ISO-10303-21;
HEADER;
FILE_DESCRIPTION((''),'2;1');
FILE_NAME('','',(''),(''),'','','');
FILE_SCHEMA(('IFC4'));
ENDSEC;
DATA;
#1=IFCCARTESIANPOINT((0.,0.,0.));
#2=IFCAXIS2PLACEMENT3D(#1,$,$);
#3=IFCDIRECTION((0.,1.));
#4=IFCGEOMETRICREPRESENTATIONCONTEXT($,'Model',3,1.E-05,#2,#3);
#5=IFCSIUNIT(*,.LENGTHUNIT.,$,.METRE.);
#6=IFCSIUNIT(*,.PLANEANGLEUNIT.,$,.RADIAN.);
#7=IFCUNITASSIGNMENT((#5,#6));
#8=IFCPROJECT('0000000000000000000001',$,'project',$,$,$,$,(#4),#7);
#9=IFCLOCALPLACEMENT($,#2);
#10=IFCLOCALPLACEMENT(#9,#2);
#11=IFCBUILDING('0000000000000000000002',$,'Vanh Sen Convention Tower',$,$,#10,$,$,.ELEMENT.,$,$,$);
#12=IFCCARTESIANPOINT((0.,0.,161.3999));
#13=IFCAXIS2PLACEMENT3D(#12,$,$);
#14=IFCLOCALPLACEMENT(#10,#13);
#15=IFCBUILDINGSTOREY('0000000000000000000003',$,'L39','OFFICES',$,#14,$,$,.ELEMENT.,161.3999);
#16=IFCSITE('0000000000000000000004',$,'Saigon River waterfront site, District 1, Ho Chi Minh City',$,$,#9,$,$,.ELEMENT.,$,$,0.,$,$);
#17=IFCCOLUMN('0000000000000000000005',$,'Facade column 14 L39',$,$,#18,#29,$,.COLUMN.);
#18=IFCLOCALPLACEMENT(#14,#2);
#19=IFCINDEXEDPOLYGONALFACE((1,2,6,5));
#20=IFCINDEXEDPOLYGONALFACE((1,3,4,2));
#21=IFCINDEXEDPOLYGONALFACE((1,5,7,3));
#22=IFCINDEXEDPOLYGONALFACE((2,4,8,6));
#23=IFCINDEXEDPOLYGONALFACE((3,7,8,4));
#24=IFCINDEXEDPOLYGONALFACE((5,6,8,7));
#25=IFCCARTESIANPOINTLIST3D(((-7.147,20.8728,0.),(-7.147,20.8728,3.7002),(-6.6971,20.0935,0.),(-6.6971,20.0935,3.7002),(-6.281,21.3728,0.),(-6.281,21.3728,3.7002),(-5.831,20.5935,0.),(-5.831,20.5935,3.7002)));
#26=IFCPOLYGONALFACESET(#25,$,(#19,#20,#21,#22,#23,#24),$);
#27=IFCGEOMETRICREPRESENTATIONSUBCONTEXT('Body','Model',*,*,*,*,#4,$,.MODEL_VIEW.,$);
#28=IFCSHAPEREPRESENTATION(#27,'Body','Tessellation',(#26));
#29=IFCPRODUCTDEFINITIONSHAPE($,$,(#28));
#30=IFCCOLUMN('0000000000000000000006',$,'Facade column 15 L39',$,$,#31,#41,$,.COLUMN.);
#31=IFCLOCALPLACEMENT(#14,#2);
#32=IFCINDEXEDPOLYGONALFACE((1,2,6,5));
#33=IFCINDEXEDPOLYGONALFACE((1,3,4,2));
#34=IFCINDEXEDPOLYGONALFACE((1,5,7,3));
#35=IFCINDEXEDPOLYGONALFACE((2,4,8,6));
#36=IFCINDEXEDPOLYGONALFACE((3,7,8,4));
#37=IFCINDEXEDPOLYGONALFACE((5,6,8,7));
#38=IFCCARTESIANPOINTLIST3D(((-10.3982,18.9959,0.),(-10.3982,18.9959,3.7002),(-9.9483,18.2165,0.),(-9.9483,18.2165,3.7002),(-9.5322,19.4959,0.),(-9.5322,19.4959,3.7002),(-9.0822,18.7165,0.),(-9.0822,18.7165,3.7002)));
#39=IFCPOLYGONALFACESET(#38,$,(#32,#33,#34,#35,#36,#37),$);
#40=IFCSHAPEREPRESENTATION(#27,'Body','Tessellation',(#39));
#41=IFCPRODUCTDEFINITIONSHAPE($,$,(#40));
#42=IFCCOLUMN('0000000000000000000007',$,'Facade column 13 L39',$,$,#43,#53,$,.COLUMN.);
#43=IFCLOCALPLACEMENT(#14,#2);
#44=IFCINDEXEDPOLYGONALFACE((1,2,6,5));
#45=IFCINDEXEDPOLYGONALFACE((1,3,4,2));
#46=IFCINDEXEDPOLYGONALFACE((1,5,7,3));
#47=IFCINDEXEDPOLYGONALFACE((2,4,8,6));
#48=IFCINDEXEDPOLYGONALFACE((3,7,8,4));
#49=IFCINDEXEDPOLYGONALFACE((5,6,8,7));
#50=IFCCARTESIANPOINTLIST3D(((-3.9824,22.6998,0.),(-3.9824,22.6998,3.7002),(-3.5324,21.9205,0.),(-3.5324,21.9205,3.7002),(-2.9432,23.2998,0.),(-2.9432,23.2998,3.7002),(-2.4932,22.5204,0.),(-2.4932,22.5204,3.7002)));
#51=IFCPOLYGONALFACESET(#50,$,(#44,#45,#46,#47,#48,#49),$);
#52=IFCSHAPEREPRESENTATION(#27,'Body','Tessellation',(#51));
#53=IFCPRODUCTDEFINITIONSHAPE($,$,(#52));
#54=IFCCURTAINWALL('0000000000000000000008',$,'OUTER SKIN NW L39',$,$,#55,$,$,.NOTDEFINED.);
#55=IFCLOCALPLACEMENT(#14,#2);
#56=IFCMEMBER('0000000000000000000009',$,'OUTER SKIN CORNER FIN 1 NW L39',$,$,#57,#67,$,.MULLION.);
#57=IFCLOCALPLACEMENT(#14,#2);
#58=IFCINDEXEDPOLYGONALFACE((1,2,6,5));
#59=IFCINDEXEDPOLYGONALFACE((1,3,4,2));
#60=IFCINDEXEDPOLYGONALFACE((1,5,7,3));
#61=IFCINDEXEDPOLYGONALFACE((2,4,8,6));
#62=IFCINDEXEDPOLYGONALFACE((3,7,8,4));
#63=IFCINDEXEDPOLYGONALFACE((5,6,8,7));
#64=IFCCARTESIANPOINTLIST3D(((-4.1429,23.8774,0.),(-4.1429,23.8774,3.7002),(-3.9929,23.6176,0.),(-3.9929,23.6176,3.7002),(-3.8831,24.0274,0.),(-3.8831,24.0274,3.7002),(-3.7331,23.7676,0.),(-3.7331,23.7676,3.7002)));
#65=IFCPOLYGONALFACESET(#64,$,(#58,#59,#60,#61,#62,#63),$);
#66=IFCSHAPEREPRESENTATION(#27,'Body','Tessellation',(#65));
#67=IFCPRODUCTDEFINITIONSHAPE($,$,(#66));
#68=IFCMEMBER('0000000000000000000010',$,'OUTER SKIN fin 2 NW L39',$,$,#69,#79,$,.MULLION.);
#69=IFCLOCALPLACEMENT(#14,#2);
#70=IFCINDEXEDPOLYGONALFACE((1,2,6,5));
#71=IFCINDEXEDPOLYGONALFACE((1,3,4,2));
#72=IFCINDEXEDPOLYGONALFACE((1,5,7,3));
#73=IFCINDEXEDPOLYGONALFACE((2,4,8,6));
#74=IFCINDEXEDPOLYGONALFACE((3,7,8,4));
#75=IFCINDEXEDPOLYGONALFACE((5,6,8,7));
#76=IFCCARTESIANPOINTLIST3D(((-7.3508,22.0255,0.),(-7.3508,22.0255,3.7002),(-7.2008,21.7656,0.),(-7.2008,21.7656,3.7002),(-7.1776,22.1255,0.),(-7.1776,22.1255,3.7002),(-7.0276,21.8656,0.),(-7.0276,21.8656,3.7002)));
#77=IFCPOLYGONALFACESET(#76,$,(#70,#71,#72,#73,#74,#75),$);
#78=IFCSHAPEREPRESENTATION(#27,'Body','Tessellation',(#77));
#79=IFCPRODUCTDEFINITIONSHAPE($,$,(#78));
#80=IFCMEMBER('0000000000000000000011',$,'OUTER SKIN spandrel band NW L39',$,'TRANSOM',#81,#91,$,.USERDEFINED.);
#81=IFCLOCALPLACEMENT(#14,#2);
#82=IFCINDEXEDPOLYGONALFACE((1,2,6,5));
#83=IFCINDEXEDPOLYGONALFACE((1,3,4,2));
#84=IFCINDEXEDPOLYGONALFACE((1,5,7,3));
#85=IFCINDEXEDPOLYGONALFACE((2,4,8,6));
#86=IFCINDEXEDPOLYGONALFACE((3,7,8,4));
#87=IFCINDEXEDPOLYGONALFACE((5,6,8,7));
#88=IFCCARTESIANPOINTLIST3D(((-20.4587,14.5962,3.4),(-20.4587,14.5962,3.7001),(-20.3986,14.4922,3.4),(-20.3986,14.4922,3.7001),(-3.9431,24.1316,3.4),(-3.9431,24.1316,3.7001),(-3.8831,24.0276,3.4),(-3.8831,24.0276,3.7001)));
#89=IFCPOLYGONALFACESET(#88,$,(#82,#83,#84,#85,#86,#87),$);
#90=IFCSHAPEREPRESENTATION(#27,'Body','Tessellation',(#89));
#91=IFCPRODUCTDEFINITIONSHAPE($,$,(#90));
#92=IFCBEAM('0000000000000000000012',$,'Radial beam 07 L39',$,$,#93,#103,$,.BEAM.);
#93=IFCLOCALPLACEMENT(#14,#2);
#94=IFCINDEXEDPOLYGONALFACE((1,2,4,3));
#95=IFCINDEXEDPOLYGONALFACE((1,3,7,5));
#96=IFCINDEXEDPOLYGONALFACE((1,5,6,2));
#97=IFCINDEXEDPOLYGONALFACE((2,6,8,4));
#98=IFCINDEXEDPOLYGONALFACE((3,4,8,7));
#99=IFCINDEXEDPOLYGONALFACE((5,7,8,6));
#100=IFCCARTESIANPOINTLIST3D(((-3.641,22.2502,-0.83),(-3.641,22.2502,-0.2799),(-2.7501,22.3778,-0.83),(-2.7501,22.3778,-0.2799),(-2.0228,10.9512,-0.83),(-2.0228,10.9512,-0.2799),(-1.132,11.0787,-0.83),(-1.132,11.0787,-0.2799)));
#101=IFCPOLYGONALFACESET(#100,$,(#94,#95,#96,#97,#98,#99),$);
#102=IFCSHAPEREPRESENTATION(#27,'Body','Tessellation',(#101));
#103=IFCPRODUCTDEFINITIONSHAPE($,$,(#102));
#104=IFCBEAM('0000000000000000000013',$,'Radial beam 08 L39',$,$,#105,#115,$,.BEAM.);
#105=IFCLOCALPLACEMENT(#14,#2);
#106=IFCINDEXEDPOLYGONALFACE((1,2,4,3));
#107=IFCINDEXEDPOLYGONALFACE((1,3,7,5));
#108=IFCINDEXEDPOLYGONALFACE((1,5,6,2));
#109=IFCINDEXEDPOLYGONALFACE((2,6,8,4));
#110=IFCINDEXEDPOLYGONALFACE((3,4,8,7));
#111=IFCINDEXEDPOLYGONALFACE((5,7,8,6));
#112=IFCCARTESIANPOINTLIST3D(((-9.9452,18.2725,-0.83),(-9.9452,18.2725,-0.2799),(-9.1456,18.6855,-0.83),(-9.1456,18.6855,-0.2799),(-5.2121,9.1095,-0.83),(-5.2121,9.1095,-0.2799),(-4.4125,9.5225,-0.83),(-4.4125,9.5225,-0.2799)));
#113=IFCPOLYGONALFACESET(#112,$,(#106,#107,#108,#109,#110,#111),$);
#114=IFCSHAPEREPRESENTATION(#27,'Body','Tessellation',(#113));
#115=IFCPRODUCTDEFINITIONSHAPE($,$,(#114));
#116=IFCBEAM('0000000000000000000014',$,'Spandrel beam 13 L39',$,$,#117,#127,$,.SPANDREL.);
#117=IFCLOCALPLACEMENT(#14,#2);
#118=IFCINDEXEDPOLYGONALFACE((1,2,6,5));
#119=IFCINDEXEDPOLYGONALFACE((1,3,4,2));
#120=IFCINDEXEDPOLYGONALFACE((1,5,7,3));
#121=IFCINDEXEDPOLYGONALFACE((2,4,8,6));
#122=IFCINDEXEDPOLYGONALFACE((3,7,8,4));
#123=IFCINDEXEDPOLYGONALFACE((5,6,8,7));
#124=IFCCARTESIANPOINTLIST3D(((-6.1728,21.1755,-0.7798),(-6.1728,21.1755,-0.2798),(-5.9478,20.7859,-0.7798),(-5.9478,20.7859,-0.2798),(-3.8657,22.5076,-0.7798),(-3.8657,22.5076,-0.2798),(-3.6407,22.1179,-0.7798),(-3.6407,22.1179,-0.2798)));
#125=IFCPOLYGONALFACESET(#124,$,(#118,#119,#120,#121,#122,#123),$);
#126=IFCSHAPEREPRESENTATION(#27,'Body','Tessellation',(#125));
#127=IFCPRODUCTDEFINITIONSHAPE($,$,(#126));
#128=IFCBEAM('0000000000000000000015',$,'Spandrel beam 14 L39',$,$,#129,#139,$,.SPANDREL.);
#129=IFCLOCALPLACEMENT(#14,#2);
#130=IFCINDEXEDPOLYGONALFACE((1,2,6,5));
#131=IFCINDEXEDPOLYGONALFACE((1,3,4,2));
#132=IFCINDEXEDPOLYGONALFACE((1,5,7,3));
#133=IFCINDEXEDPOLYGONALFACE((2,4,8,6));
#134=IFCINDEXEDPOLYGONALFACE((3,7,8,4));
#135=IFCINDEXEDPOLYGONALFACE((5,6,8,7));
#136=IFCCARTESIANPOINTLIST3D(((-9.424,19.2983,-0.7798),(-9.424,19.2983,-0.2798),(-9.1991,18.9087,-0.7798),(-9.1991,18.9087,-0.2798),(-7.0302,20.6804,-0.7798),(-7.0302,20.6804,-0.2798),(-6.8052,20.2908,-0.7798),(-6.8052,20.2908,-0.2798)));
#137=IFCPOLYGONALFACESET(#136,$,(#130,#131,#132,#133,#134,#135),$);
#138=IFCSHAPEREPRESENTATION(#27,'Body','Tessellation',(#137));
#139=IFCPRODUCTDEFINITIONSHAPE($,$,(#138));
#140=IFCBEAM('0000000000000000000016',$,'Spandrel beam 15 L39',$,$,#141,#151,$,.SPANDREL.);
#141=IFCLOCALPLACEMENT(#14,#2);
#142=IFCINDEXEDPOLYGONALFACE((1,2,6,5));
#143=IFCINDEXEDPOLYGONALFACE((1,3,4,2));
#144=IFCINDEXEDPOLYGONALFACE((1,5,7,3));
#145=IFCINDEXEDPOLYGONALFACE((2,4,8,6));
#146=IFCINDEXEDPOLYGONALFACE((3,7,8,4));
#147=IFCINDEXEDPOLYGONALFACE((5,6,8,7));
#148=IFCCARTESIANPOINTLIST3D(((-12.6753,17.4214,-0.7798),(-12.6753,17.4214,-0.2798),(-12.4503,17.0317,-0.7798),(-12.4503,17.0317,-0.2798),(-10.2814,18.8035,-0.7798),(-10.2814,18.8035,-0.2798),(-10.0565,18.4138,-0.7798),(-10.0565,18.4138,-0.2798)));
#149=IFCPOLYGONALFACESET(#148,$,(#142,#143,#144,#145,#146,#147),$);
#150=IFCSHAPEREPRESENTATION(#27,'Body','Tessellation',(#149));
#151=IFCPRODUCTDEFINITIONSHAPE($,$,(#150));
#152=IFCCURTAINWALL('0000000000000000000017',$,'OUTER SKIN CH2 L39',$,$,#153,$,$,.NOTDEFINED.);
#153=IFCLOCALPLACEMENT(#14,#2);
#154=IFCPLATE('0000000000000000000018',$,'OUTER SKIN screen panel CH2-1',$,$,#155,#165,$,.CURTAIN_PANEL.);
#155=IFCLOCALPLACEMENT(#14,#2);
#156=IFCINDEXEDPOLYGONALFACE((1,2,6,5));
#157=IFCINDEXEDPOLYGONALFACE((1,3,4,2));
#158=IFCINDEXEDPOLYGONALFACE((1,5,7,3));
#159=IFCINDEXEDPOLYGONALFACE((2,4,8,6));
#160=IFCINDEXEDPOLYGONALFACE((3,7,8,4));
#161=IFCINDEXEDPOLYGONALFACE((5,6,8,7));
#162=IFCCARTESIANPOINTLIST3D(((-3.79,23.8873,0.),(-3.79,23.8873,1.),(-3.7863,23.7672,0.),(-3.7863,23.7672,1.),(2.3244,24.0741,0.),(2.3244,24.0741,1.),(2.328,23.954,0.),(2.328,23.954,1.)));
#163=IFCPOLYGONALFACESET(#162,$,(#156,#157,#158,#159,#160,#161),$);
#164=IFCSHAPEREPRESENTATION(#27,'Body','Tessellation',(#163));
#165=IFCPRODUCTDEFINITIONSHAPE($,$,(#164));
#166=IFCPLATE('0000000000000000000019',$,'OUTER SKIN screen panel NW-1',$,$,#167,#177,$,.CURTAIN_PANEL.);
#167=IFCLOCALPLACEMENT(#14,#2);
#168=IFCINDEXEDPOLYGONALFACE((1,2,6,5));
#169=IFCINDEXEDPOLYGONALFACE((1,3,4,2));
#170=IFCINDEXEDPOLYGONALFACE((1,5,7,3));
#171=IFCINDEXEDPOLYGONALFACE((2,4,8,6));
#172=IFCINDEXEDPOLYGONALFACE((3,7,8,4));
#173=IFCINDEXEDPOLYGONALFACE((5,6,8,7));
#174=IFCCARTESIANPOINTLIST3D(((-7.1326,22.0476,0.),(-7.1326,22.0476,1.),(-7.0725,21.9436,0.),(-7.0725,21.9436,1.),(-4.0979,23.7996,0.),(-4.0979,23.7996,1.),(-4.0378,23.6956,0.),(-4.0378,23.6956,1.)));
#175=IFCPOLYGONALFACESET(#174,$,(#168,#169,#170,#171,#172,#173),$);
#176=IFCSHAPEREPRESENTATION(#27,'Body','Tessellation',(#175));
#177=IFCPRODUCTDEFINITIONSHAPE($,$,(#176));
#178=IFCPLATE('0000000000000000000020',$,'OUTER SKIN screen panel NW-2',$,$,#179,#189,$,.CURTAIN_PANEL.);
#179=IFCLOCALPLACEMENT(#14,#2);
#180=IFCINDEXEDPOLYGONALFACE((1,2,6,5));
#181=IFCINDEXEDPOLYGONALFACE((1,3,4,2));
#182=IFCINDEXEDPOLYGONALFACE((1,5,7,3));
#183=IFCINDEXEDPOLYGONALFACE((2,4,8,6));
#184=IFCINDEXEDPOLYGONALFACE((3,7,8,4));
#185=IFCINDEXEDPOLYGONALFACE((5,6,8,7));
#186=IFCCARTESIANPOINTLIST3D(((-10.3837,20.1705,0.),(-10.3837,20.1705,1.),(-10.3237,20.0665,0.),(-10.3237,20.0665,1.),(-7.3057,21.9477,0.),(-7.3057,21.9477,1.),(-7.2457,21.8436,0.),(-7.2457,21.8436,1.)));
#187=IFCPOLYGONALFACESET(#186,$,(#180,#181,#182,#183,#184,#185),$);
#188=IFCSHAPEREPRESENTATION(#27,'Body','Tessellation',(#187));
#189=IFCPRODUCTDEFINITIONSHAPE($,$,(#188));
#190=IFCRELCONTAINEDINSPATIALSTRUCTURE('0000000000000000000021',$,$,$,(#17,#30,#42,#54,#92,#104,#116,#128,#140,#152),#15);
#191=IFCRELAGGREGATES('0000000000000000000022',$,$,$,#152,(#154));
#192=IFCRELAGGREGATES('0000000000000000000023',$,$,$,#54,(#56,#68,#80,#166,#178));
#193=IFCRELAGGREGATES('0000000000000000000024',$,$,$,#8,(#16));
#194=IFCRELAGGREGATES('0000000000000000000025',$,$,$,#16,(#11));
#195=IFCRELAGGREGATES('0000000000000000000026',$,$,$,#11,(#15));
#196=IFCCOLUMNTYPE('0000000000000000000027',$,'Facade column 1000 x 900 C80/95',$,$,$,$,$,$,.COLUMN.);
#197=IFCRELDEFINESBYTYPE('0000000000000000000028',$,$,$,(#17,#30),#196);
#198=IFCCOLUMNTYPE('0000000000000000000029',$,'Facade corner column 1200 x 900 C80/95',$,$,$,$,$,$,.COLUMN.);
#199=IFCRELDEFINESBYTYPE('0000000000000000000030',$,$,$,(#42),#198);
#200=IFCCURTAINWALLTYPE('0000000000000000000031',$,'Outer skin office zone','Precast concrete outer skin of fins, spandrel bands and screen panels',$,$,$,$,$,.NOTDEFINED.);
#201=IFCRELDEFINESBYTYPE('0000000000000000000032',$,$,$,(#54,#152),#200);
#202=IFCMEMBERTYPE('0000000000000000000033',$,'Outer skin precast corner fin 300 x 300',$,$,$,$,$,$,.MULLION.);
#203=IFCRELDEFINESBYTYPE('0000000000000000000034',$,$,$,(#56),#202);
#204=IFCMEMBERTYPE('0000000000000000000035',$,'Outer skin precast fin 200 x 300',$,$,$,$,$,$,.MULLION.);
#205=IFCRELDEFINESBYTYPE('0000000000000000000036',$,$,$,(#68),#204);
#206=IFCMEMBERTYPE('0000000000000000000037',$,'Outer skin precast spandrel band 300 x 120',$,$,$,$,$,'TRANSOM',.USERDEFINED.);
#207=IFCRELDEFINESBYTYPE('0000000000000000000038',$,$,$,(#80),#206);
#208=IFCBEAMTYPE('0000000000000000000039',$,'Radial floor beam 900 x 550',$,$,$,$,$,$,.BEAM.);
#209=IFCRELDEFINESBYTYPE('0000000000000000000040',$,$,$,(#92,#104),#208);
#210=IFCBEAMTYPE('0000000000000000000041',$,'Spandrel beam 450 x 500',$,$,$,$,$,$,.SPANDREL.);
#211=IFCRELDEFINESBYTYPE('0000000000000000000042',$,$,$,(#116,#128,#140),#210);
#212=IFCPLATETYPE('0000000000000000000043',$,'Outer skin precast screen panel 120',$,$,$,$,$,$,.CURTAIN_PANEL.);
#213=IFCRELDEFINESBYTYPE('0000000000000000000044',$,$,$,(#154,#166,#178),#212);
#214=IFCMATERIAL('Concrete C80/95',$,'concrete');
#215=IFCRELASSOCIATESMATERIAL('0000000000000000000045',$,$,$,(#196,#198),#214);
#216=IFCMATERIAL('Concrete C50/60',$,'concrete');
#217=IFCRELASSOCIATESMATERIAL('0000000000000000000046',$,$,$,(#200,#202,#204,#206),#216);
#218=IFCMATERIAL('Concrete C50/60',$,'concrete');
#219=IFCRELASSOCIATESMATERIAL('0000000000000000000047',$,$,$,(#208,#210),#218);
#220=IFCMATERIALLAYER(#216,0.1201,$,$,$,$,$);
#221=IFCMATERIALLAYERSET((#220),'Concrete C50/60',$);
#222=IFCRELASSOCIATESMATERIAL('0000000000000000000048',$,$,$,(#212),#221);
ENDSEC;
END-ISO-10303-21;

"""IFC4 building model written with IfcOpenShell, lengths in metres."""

from ifc_helpers import new_model, si_unit, direction, frame, origin, origin_2d, place, context, subcontext, project, spatial, rectangle, extrude, material, layer, layer_set, material_profile, profile_set, type_object, element, aggregate, save


model = new_model("IFC4")

# Units and contexts
model_context = context("Model", 3, precision=1e-05, world=origin(), true_north=direction((0.0, 1.0)))
body_context = subcontext(model_context, "Body", "Model", "MODEL_VIEW")
ifc_project = project(units=[si_unit("LENGTHUNIT", "METRE"), si_unit("PLANEANGLEUNIT", "RADIAN")], contexts=[model_context])

# Site, building, storey
site_placement = place(None, origin())
site = spatial("IfcSite", under=ifc_project, at=site_placement, Name="Saigon River waterfront site, District 1, Ho Chi Minh City", CompositionType="ELEMENT", RefElevation=0.0)
building_placement = place(site_placement, origin())
building = spatial("IfcBuilding", under=site, at=building_placement, Name="Vanh Sen Convention Tower", CompositionType="ELEMENT")
storey_placement = place(building_placement, frame((0.0, 0.0, 161.3999)))
storey = spatial("IfcBuildingStorey", under=building, at=storey_placement, Name="L39", Description="OFFICES", CompositionType="ELEMENT", Elevation=161.3999)

# Columns
ifc_material_1 = material(Name="Concrete C80/95", Category="concrete")
ifc_material_profile_1 = material_profile(ifc_material_1, rectangle(XDim=1.0, YDim=0.8999, at=origin_2d()), Name="RC 1000X900")
ifc_profile_set_1 = profile_set([ifc_material_profile_1], Name="Concrete C80/95")
column_type_1 = type_object("IfcColumnType", Name="Facade column 1000 x 900 C80/95", PredefinedType="COLUMN", material=ifc_profile_set_1)
for number, where, z_axis, x_axis, name in (
    (1, (-6.489, 20.7332, 0.0), (0.0, 0.0, 1.0), (-0.866025, -0.5, 0.0), "Facade column 14 L39"),
    (2, (-9.7402, 18.8562, 0.0), (0.0, 0.0, 1.0), (-0.866025, -0.5, 0.0), "Facade column 15 L39"),
):
    element("IfcColumn", number, at=place(storey_placement, frame(where, z_axis=z_axis, x_axis=x_axis)), inside=storey, type_object=column_type_1, Name=name, PredefinedType="COLUMN", context=body_context, shape_type="SweptSolid", body=[
        extrude(rectangle(XDim=1.0, YDim=0.8999, at=origin_2d()), origin(), (0.0, 0.0, 1.0), 3.7002),
    ])
ifc_material_profile_2 = material_profile(ifc_material_1, rectangle(XDim=1.2, YDim=0.8999, at=origin_2d()), Name="RC 1200X900")
ifc_profile_set_2 = profile_set([ifc_material_profile_2], Name="Concrete C80/95")
column_type_2 = type_object("IfcColumnType", Name="Facade corner column 1200 x 900 C80/95", PredefinedType="COLUMN", material=ifc_profile_set_2)
column_placement = place(storey_placement, frame((-3.2378, 22.6101, 0.0), z_axis=(0.0, 0.0, 1.0), x_axis=(-0.866025, -0.5, 0.0)))
element("IfcColumn", 3, at=column_placement, inside=storey, type_object=column_type_2, Name="Facade column 13 L39", PredefinedType="COLUMN", context=body_context, shape_type="SweptSolid", body=[
    extrude(rectangle(XDim=1.2, YDim=0.8999, at=origin_2d()), origin(), (0.0, 0.0, 1.0), 3.7002),
])

# Curtain wall, members
ifc_material_2 = material(Name="Concrete C50/60", Category="concrete")
curtain_wall_type = type_object("IfcCurtainWallType", Name="Outer skin office zone", Description="Precast concrete outer skin of fins, spandrel bands and screen panels", PredefinedType="NOTDEFINED", material=ifc_material_2)
curtain_wall_1_placement = place(storey_placement, origin())
curtain_wall_1 = element("IfcCurtainWall", 4, at=curtain_wall_1_placement, inside=storey, type_object=curtain_wall_type, Name="OUTER SKIN NW L39", PredefinedType="NOTDEFINED")
ifc_material_profile_3 = material_profile(ifc_material_2, rectangle(XDim=0.3, YDim=0.3, at=origin_2d()), Name="Outer skin precast corner fin 300 x 300")
ifc_profile_set_3 = profile_set([ifc_material_profile_3], Name="Concrete C50/60")
member_type_1 = type_object("IfcMemberType", Name="Outer skin precast corner fin 300 x 300", PredefinedType="MULLION", material=ifc_profile_set_3)
member_1_placement = place(storey_placement, frame((-3.938, 23.8225, 0.0), z_axis=(0.0, 0.0, 1.0), x_axis=(-0.866025, -0.5, 0.0)))
member_1 = element("IfcMember", 5, at=member_1_placement, type_object=member_type_1, Name="OUTER SKIN CORNER FIN 1 NW L39", PredefinedType="MULLION", context=body_context, shape_type="SweptSolid", body=[
    extrude(rectangle(XDim=0.3, YDim=0.3, at=origin_2d()), origin(), (0.0, 0.0, 1.0), 3.7002),
])
ifc_material_profile_4 = material_profile(ifc_material_2, rectangle(XDim=0.2, YDim=0.3, at=origin_2d()), Name="Outer skin precast fin 200 x 300")
ifc_profile_set_4 = profile_set([ifc_material_profile_4], Name="Concrete C50/60")
member_type_2 = type_object("IfcMemberType", Name="Outer skin precast fin 200 x 300", PredefinedType="MULLION", material=ifc_profile_set_4)
member_2_placement = place(storey_placement, frame((-7.1892, 21.9456, 0.0), z_axis=(0.0, 0.0, 1.0), x_axis=(-0.866025, -0.5, 0.0)))
member_2 = element("IfcMember", 6, at=member_2_placement, type_object=member_type_2, Name="OUTER SKIN fin 2 NW L39", PredefinedType="MULLION", context=body_context, shape_type="SweptSolid", body=[
    extrude(rectangle(XDim=0.2, YDim=0.3, at=origin_2d()), origin(), (0.0, 0.0, 1.0), 3.7002),
])
ifc_material_profile_5 = material_profile(ifc_material_2, rectangle(XDim=0.1201, YDim=0.3, at=origin_2d()), Name="Outer skin precast spandrel band 300 x 120")
ifc_profile_set_5 = profile_set([ifc_material_profile_5], Name="Concrete C50/60")
member_type_3 = type_object("IfcMemberType", Name="Outer skin precast spandrel band 300 x 120", ElementType="TRANSOM", PredefinedType="USERDEFINED", material=ifc_profile_set_5)
member_3_placement = place(storey_placement, frame((-3.9131, 24.0796, 3.55), z_axis=(-0.866023, -0.500004, 0.0), x_axis=(0.500004, -0.866023, 0.0)))
member_3 = element("IfcMember", 7, at=member_3_placement, type_object=member_type_3, Name="OUTER SKIN spandrel band NW L39", ObjectType="TRANSOM", PredefinedType="USERDEFINED", context=body_context, shape_type="SweptSolid", body=[
    extrude(rectangle(XDim=0.1201, YDim=0.3, at=origin_2d()), origin(), (0.0, 0.0, 1.0), 19.0706),
])

# Beams
ifc_material_3 = material(Name="Concrete C50/60", Category="concrete")
ifc_material_profile_6 = material_profile(ifc_material_3, rectangle(XDim=0.8999, YDim=0.55, at=origin_2d()), Name="RC 900X550")
ifc_profile_set_6 = profile_set([ifc_material_profile_6], Name="Concrete C50/60")
beam_type_1 = type_object("IfcBeamType", Name="Radial floor beam 900 x 550", PredefinedType="BEAM", material=ifc_profile_set_6)
beam_1_placement = place(storey_placement, frame((-3.1956, 22.314, -0.5549), z_axis=(0.141766, -0.9899, 0.0), x_axis=(0.9899, 0.141766, 0.0)))
element("IfcBeam", 8, at=beam_1_placement, inside=storey, type_object=beam_type_1, Name="Radial beam 07 L39", PredefinedType="BEAM", context=body_context, shape_type="SweptSolid", body=[
    extrude(rectangle(XDim=0.8999, YDim=0.55, at=origin_2d()), origin(), (0.0, 0.0, 1.0), 11.4143),
])
beam_2_placement = place(storey_placement, frame((-9.5454, 18.479, -0.5549), z_axis=(0.458935, -0.88847, 0.0), x_axis=(0.88847, 0.458935, 0.0)))
element("IfcBeam", 9, at=beam_2_placement, inside=storey, type_object=beam_type_1, Name="Radial beam 08 L39", PredefinedType="BEAM", context=body_context, shape_type="SweptSolid", body=[
    extrude(rectangle(XDim=0.8999, YDim=0.55, at=origin_2d()), origin(), (0.0, 0.0, 1.0), 10.3132),
])
ifc_material_profile_7 = material_profile(ifc_material_3, rectangle(XDim=0.45, YDim=0.5, at=origin_2d()), Name="RC 450X500")
ifc_profile_set_7 = profile_set([ifc_material_profile_7], Name="Concrete C50/60")
beam_type_2 = type_object("IfcBeamType", Name="Spandrel beam 450 x 500", PredefinedType="SPANDREL", material=ifc_profile_set_7)
beam_3_placement = place(storey_placement, frame((-3.7532, 22.3127, -0.5298), z_axis=(-0.866024, -0.500003, 0.0), x_axis=(0.500003, -0.866024, 0.0)))
element("IfcBeam", 10, at=beam_3_placement, inside=storey, type_object=beam_type_2, Name="Spandrel beam 13 L39", PredefinedType="SPANDREL", context=body_context, shape_type="SweptSolid", body=[
    extrude(rectangle(XDim=0.45, YDim=0.5, at=origin_2d()), origin(), (0.0, 0.0, 1.0), 2.6641),
])
for number, where, z_axis, x_axis, name in (
    (11, (-6.9177, 20.4856, -0.5298), (-0.866022, -0.500005, 0.0), (0.500005, -0.866022, 0.0), "Spandrel beam 14 L39"),
    (12, (-10.1689, 18.6086, -0.5298), (-0.866022, -0.500005, 0.0), (0.500005, -0.866022, 0.0), "Spandrel beam 15 L39"),
):
    element("IfcBeam", number, at=place(storey_placement, frame(where, z_axis=z_axis, x_axis=x_axis)), inside=storey, type_object=beam_type_2, Name=name, PredefinedType="SPANDREL", context=body_context, shape_type="SweptSolid", body=[
        extrude(rectangle(XDim=0.45, YDim=0.5, at=origin_2d()), origin(), (0.0, 0.0, 1.0), 2.7642),
    ])

# Curtain wall, plate
curtain_wall_2_placement = place(storey_placement, origin())
curtain_wall_2 = element("IfcCurtainWall", 13, at=curtain_wall_2_placement, inside=storey, type_object=curtain_wall_type, Name="OUTER SKIN CH2 L39", PredefinedType="NOTDEFINED")
ifc_layer_1 = layer(ifc_material_2, 0.1201)
ifc_layer_set_1 = layer_set([ifc_layer_1], Name="Concrete C50/60")
plate_type = type_object("IfcPlateType", Name="Outer skin precast screen panel 120", PredefinedType="CURTAIN_PANEL", material=ifc_layer_set_1)
plate_1_placement = place(storey_placement, frame((-0.731, 23.9207, 0.0), z_axis=(0.0, 0.0, 1.0), x_axis=(-0.999534, -0.030539, 0.0)))
plate_1 = element("IfcPlate", 14, at=plate_1_placement, type_object=plate_type, Name="OUTER SKIN screen panel CH2-1", PredefinedType="CURTAIN_PANEL", context=body_context, shape_type="SweptSolid", body=[
    extrude(rectangle(XDim=6.1172, YDim=0.1201, at=origin_2d()), origin(), (0.0, 0.0, 1.0), 1.0),
])
aggregate(curtain_wall_2, [plate_1])

# Plates
plate_2_placement = place(storey_placement, frame((-5.5852, 22.8716, 0.0), z_axis=(0.0, 0.0, 1.0), x_axis=(-0.866035, -0.499983, 0.0)))
plate_2 = element("IfcPlate", 15, at=plate_2_placement, type_object=plate_type, Name="OUTER SKIN screen panel NW-1", PredefinedType="CURTAIN_PANEL", context=body_context, shape_type="SweptSolid", body=[
    extrude(rectangle(XDim=3.5042, YDim=0.1201, at=origin_2d()), origin(), (0.0, 0.0, 1.0), 1.0),
])
plate_3_placement = place(storey_placement, frame((-8.8147, 21.0071, 0.0), z_axis=(0.0, 0.0, 1.0), x_axis=(-0.866017, -0.500015, 0.0)))
plate_3 = element("IfcPlate", 16, at=plate_3_placement, type_object=plate_type, Name="OUTER SKIN screen panel NW-2", PredefinedType="CURTAIN_PANEL", context=body_context, shape_type="SweptSolid", body=[
    extrude(rectangle(XDim=3.5542, YDim=0.1201, at=origin_2d()), origin(), (0.0, 0.0, 1.0), 1.0),
])
aggregate(curtain_wall_1, [member_1, member_2, member_3, plate_2, plate_3])

save(model, "model.ifc")
